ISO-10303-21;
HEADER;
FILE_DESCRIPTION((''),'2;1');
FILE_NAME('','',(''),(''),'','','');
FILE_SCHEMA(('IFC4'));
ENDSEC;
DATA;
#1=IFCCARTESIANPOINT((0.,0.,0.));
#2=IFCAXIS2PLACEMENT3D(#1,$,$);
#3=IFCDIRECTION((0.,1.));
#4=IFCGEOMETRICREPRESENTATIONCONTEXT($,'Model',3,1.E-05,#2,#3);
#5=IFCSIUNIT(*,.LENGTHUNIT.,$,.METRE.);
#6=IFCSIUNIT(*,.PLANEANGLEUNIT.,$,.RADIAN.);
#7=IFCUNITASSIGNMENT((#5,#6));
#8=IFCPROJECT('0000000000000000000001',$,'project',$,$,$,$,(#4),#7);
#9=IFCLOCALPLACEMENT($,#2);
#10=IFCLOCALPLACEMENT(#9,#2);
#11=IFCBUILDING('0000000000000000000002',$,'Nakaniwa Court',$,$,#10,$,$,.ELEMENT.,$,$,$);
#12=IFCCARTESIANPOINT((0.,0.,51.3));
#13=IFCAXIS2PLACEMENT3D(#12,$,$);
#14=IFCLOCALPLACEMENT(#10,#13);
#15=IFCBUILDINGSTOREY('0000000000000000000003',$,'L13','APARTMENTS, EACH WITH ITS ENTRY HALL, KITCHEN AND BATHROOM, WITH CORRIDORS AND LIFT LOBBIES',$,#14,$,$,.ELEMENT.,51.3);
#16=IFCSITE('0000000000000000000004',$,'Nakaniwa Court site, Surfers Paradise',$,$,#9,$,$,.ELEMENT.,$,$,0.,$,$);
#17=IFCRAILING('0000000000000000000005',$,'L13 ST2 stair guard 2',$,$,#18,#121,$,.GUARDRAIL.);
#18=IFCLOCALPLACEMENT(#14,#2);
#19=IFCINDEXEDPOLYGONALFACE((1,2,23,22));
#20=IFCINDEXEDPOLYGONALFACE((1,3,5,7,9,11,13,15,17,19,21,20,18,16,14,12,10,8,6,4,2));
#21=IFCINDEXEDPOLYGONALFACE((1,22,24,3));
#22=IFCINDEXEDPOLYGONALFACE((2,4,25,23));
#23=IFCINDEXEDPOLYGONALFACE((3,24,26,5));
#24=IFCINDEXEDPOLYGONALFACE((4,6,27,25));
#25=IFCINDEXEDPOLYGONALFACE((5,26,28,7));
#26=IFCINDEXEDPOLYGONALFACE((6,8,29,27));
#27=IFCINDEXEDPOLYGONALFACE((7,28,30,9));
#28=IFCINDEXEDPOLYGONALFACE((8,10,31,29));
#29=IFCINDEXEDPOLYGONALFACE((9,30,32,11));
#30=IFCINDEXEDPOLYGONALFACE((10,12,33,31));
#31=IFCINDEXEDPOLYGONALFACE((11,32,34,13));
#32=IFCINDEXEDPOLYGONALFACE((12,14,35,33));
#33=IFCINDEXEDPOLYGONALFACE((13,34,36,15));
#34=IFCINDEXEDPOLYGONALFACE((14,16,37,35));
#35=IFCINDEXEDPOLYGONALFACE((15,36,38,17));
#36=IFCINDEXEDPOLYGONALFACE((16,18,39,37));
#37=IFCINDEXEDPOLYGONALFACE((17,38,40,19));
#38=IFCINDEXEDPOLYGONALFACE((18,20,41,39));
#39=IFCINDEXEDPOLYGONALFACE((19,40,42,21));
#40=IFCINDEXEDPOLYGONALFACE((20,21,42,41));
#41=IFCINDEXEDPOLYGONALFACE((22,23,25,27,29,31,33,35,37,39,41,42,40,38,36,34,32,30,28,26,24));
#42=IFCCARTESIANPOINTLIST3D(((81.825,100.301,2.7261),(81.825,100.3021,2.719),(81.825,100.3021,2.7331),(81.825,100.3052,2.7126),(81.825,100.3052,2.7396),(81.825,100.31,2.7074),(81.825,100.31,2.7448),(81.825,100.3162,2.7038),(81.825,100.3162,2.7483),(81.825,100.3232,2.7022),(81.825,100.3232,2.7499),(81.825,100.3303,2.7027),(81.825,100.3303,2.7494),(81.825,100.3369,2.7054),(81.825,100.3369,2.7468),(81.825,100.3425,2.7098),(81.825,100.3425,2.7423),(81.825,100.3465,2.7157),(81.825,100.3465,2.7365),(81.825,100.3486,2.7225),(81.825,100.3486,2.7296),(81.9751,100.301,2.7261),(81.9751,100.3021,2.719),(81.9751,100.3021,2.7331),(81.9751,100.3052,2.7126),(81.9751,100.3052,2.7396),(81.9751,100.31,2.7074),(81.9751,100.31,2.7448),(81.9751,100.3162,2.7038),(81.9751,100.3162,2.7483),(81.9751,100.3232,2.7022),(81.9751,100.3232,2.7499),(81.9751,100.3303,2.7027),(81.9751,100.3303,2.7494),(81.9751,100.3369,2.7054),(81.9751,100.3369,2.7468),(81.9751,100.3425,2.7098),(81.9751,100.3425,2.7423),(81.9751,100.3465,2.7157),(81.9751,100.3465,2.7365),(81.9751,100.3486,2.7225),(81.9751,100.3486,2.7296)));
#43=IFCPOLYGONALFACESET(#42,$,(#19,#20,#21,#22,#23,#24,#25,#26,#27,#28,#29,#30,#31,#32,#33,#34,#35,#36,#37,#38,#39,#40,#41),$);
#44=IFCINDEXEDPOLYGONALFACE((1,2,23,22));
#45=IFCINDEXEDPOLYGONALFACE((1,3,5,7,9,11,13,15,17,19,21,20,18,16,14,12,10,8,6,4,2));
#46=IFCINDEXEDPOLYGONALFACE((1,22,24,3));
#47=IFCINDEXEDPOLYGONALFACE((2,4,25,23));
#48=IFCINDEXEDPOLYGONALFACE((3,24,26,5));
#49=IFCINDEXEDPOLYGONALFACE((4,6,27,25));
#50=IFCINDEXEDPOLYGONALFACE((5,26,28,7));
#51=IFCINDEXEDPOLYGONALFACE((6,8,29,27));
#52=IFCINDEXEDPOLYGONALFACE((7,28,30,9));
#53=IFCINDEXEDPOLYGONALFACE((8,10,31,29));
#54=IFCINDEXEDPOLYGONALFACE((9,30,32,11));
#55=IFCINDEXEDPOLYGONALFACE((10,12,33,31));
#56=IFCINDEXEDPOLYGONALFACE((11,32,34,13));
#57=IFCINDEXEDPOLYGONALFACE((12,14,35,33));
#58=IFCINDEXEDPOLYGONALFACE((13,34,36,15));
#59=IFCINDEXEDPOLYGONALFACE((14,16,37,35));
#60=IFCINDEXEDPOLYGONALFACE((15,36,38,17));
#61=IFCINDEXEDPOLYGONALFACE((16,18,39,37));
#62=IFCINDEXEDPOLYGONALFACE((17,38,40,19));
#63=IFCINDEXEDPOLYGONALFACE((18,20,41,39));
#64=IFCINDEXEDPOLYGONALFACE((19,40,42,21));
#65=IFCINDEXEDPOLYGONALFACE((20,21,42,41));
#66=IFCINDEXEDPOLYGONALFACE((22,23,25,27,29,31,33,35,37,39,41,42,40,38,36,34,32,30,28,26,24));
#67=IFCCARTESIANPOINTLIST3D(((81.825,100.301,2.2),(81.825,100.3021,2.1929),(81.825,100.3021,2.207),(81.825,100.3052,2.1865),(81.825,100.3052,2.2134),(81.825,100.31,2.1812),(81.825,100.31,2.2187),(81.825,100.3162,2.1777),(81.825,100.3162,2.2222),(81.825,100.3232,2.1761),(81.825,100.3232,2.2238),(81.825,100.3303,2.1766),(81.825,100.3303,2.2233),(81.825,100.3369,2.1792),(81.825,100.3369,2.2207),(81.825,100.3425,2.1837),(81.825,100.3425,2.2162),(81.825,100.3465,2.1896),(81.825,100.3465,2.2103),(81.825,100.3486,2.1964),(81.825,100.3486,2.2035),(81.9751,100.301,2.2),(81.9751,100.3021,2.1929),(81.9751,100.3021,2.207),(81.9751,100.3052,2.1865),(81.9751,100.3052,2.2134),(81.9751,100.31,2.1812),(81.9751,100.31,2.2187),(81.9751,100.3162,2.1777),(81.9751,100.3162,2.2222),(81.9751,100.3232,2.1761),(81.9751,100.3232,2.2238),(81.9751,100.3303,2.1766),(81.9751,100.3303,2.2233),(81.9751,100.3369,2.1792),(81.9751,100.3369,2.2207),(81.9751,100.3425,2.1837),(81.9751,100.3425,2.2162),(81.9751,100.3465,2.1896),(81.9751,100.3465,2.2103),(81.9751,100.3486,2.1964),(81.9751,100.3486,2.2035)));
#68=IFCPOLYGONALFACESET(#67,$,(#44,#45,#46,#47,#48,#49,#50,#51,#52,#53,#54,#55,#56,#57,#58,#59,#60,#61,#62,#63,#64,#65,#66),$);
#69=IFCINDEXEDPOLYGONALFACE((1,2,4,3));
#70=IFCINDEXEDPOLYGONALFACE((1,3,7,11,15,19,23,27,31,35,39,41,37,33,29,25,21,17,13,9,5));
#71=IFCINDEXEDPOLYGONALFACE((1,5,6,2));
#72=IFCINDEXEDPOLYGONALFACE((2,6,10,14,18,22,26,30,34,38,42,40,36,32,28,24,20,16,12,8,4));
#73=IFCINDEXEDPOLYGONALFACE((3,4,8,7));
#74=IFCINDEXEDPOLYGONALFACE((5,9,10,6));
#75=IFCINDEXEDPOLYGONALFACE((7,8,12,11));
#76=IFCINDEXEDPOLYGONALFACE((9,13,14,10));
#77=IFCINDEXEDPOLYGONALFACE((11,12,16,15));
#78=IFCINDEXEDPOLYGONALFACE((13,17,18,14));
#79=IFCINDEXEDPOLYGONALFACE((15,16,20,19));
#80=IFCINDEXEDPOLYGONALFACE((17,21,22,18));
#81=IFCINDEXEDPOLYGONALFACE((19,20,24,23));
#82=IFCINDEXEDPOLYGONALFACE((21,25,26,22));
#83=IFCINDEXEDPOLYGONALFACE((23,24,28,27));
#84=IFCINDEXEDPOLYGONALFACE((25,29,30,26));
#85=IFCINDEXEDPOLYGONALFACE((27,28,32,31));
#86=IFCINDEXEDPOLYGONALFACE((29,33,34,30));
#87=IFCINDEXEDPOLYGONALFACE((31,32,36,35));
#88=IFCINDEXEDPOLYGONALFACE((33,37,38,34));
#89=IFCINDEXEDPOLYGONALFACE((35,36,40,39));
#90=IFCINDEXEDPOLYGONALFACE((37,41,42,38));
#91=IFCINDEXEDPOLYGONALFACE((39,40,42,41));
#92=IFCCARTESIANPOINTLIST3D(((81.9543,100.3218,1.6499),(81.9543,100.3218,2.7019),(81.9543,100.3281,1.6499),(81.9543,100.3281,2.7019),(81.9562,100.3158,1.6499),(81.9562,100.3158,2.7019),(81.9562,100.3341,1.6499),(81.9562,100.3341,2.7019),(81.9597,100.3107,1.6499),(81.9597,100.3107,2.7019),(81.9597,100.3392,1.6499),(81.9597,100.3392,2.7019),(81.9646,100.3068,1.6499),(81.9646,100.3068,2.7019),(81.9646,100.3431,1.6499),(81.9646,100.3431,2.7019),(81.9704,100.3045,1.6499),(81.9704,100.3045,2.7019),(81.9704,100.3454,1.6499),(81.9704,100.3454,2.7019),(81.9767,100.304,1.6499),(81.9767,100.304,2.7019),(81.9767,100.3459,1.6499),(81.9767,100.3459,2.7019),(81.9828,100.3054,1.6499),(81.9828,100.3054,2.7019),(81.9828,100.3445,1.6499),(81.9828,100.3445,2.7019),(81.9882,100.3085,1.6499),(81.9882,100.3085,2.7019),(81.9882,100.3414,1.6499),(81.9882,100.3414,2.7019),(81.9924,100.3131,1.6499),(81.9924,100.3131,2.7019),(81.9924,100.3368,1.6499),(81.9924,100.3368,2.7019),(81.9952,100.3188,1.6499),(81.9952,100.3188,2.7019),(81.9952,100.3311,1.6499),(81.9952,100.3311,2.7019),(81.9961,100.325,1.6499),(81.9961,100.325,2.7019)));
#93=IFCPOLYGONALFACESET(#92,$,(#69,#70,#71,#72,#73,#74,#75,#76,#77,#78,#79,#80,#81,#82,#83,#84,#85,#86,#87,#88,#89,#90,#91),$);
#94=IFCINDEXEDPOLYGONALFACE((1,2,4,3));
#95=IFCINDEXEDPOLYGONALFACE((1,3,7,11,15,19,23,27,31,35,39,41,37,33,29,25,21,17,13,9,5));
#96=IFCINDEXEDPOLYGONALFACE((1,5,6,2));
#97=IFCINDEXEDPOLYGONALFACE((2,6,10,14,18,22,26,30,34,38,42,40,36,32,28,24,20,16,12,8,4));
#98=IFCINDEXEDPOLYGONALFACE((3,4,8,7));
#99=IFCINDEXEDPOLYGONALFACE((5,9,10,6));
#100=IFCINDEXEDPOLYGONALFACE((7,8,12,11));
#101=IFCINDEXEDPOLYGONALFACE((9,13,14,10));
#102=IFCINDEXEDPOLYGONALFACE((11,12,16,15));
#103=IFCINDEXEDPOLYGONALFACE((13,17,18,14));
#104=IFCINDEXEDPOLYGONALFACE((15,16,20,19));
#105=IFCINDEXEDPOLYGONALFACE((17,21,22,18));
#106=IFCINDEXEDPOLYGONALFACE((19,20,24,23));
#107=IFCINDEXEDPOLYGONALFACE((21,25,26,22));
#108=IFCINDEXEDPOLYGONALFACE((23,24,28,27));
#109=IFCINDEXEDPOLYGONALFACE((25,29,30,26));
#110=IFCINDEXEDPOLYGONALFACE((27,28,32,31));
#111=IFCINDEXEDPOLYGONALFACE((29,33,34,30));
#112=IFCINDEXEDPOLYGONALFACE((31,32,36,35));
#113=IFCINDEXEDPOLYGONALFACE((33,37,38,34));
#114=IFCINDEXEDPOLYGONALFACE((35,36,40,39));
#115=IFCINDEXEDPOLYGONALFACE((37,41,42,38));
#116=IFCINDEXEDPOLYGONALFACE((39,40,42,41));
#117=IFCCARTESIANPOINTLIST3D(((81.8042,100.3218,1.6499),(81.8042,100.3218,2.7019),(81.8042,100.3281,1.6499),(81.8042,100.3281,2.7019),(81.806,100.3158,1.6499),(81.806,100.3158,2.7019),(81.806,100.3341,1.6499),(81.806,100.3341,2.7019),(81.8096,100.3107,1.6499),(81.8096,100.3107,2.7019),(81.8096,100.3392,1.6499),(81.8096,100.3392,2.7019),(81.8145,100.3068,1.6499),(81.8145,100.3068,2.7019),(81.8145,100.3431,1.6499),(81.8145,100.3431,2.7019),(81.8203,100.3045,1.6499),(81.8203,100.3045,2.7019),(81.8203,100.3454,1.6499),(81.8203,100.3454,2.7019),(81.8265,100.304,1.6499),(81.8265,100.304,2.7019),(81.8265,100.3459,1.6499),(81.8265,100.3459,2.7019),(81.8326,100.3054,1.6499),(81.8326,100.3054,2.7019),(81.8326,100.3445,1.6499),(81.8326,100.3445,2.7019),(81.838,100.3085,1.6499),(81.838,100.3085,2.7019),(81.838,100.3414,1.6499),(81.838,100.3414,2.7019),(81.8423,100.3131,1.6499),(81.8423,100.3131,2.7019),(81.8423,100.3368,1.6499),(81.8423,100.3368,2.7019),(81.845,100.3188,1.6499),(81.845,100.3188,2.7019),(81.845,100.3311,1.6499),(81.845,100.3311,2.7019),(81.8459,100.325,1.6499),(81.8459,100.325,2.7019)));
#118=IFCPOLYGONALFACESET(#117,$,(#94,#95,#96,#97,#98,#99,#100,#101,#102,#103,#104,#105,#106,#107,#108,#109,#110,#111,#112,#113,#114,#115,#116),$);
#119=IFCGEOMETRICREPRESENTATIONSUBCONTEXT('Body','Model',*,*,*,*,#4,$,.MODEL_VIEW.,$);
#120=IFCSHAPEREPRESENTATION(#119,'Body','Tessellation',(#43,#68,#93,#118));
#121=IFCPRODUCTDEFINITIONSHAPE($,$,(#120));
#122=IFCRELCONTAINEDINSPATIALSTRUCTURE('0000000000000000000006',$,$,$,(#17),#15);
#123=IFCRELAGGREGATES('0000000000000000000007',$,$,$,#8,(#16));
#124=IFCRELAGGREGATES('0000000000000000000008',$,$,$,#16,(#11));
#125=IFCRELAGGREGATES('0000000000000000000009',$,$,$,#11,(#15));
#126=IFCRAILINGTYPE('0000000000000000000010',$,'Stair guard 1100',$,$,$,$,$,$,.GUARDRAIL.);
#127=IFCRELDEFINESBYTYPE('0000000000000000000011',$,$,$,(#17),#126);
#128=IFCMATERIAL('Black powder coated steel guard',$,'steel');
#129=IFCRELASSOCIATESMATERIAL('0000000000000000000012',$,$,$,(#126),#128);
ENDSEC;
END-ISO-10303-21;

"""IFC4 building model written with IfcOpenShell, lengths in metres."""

from ifc_helpers import new_model, si_unit, direction, frame, origin, origin_2d, place, context, subcontext, project, spatial, circle, extrude, material, type_object, element, save


model = new_model("IFC4")

# Units and contexts
model_context = context("Model", 3, precision=1e-05, world=origin(), true_north=direction((0.0, 1.0)))
body_context = subcontext(model_context, "Body", "Model", "MODEL_VIEW")
ifc_project = project(units=[si_unit("LENGTHUNIT", "METRE"), si_unit("PLANEANGLEUNIT", "RADIAN")], contexts=[model_context])

# Site, building, storey
site_placement = place(None, origin())
site = spatial("IfcSite", under=ifc_project, at=site_placement, Name="Nakaniwa Court site, Surfers Paradise", CompositionType="ELEMENT", RefElevation=0.0)
building_placement = place(site_placement, origin())
building = spatial("IfcBuilding", under=site, at=building_placement, Name="Nakaniwa Court", CompositionType="ELEMENT")
storey_placement = place(building_placement, frame((0.0, 0.0, 51.3)))
storey = spatial("IfcBuildingStorey", under=building, at=storey_placement, Name="L13", Description="APARTMENTS, EACH WITH ITS ENTRY HALL, KITCHEN AND BATHROOM, WITH CORRIDORS AND LIFT LOBBIES", CompositionType="ELEMENT", Elevation=51.3)

# Railing
ifc_material_1 = material(Name="Black powder coated steel guard", Category="steel")
railing_type_1 = type_object("IfcRailingType", Name="Stair guard 1100", PredefinedType="GUARDRAIL", material=ifc_material_1)
railing_1_placement = place(storey_placement, frame((81.9751, 100.325, 1.6499)))
element("IfcRailing", 1, at=railing_1_placement, inside=storey, type_object=railing_type_1, Name="L13 ST2 stair guard 2", PredefinedType="GUARDRAIL", context=body_context, shape_type="SweptSolid", body=[
    extrude(circle(Radius=0.0239, at=origin_2d()), frame((0.0, 0.0, 1.0762), z_axis=(-1.0, 0.0, 0.0), x_axis=(0.0, -1.0, 0.0)), (0.0, 0.0, 1.0), 0.1501),
    extrude(circle(Radius=0.0239, at=origin_2d()), frame((0.0, 0.0, 0.55), z_axis=(-1.0, 0.0, 0.0), x_axis=(0.0, -1.0, 0.0)), (0.0, 0.0, 1.0), 0.1501),
    extrude(circle(Radius=0.021, at=origin_2d()), origin(), (0.0, 0.0, 1.0), 1.052),
    extrude(circle(Radius=0.021, at=origin_2d()), frame((-0.1501, 0.0, 0.0)), (0.0, 0.0, 1.0), 1.052),
])

save(model, "model.ifc")
